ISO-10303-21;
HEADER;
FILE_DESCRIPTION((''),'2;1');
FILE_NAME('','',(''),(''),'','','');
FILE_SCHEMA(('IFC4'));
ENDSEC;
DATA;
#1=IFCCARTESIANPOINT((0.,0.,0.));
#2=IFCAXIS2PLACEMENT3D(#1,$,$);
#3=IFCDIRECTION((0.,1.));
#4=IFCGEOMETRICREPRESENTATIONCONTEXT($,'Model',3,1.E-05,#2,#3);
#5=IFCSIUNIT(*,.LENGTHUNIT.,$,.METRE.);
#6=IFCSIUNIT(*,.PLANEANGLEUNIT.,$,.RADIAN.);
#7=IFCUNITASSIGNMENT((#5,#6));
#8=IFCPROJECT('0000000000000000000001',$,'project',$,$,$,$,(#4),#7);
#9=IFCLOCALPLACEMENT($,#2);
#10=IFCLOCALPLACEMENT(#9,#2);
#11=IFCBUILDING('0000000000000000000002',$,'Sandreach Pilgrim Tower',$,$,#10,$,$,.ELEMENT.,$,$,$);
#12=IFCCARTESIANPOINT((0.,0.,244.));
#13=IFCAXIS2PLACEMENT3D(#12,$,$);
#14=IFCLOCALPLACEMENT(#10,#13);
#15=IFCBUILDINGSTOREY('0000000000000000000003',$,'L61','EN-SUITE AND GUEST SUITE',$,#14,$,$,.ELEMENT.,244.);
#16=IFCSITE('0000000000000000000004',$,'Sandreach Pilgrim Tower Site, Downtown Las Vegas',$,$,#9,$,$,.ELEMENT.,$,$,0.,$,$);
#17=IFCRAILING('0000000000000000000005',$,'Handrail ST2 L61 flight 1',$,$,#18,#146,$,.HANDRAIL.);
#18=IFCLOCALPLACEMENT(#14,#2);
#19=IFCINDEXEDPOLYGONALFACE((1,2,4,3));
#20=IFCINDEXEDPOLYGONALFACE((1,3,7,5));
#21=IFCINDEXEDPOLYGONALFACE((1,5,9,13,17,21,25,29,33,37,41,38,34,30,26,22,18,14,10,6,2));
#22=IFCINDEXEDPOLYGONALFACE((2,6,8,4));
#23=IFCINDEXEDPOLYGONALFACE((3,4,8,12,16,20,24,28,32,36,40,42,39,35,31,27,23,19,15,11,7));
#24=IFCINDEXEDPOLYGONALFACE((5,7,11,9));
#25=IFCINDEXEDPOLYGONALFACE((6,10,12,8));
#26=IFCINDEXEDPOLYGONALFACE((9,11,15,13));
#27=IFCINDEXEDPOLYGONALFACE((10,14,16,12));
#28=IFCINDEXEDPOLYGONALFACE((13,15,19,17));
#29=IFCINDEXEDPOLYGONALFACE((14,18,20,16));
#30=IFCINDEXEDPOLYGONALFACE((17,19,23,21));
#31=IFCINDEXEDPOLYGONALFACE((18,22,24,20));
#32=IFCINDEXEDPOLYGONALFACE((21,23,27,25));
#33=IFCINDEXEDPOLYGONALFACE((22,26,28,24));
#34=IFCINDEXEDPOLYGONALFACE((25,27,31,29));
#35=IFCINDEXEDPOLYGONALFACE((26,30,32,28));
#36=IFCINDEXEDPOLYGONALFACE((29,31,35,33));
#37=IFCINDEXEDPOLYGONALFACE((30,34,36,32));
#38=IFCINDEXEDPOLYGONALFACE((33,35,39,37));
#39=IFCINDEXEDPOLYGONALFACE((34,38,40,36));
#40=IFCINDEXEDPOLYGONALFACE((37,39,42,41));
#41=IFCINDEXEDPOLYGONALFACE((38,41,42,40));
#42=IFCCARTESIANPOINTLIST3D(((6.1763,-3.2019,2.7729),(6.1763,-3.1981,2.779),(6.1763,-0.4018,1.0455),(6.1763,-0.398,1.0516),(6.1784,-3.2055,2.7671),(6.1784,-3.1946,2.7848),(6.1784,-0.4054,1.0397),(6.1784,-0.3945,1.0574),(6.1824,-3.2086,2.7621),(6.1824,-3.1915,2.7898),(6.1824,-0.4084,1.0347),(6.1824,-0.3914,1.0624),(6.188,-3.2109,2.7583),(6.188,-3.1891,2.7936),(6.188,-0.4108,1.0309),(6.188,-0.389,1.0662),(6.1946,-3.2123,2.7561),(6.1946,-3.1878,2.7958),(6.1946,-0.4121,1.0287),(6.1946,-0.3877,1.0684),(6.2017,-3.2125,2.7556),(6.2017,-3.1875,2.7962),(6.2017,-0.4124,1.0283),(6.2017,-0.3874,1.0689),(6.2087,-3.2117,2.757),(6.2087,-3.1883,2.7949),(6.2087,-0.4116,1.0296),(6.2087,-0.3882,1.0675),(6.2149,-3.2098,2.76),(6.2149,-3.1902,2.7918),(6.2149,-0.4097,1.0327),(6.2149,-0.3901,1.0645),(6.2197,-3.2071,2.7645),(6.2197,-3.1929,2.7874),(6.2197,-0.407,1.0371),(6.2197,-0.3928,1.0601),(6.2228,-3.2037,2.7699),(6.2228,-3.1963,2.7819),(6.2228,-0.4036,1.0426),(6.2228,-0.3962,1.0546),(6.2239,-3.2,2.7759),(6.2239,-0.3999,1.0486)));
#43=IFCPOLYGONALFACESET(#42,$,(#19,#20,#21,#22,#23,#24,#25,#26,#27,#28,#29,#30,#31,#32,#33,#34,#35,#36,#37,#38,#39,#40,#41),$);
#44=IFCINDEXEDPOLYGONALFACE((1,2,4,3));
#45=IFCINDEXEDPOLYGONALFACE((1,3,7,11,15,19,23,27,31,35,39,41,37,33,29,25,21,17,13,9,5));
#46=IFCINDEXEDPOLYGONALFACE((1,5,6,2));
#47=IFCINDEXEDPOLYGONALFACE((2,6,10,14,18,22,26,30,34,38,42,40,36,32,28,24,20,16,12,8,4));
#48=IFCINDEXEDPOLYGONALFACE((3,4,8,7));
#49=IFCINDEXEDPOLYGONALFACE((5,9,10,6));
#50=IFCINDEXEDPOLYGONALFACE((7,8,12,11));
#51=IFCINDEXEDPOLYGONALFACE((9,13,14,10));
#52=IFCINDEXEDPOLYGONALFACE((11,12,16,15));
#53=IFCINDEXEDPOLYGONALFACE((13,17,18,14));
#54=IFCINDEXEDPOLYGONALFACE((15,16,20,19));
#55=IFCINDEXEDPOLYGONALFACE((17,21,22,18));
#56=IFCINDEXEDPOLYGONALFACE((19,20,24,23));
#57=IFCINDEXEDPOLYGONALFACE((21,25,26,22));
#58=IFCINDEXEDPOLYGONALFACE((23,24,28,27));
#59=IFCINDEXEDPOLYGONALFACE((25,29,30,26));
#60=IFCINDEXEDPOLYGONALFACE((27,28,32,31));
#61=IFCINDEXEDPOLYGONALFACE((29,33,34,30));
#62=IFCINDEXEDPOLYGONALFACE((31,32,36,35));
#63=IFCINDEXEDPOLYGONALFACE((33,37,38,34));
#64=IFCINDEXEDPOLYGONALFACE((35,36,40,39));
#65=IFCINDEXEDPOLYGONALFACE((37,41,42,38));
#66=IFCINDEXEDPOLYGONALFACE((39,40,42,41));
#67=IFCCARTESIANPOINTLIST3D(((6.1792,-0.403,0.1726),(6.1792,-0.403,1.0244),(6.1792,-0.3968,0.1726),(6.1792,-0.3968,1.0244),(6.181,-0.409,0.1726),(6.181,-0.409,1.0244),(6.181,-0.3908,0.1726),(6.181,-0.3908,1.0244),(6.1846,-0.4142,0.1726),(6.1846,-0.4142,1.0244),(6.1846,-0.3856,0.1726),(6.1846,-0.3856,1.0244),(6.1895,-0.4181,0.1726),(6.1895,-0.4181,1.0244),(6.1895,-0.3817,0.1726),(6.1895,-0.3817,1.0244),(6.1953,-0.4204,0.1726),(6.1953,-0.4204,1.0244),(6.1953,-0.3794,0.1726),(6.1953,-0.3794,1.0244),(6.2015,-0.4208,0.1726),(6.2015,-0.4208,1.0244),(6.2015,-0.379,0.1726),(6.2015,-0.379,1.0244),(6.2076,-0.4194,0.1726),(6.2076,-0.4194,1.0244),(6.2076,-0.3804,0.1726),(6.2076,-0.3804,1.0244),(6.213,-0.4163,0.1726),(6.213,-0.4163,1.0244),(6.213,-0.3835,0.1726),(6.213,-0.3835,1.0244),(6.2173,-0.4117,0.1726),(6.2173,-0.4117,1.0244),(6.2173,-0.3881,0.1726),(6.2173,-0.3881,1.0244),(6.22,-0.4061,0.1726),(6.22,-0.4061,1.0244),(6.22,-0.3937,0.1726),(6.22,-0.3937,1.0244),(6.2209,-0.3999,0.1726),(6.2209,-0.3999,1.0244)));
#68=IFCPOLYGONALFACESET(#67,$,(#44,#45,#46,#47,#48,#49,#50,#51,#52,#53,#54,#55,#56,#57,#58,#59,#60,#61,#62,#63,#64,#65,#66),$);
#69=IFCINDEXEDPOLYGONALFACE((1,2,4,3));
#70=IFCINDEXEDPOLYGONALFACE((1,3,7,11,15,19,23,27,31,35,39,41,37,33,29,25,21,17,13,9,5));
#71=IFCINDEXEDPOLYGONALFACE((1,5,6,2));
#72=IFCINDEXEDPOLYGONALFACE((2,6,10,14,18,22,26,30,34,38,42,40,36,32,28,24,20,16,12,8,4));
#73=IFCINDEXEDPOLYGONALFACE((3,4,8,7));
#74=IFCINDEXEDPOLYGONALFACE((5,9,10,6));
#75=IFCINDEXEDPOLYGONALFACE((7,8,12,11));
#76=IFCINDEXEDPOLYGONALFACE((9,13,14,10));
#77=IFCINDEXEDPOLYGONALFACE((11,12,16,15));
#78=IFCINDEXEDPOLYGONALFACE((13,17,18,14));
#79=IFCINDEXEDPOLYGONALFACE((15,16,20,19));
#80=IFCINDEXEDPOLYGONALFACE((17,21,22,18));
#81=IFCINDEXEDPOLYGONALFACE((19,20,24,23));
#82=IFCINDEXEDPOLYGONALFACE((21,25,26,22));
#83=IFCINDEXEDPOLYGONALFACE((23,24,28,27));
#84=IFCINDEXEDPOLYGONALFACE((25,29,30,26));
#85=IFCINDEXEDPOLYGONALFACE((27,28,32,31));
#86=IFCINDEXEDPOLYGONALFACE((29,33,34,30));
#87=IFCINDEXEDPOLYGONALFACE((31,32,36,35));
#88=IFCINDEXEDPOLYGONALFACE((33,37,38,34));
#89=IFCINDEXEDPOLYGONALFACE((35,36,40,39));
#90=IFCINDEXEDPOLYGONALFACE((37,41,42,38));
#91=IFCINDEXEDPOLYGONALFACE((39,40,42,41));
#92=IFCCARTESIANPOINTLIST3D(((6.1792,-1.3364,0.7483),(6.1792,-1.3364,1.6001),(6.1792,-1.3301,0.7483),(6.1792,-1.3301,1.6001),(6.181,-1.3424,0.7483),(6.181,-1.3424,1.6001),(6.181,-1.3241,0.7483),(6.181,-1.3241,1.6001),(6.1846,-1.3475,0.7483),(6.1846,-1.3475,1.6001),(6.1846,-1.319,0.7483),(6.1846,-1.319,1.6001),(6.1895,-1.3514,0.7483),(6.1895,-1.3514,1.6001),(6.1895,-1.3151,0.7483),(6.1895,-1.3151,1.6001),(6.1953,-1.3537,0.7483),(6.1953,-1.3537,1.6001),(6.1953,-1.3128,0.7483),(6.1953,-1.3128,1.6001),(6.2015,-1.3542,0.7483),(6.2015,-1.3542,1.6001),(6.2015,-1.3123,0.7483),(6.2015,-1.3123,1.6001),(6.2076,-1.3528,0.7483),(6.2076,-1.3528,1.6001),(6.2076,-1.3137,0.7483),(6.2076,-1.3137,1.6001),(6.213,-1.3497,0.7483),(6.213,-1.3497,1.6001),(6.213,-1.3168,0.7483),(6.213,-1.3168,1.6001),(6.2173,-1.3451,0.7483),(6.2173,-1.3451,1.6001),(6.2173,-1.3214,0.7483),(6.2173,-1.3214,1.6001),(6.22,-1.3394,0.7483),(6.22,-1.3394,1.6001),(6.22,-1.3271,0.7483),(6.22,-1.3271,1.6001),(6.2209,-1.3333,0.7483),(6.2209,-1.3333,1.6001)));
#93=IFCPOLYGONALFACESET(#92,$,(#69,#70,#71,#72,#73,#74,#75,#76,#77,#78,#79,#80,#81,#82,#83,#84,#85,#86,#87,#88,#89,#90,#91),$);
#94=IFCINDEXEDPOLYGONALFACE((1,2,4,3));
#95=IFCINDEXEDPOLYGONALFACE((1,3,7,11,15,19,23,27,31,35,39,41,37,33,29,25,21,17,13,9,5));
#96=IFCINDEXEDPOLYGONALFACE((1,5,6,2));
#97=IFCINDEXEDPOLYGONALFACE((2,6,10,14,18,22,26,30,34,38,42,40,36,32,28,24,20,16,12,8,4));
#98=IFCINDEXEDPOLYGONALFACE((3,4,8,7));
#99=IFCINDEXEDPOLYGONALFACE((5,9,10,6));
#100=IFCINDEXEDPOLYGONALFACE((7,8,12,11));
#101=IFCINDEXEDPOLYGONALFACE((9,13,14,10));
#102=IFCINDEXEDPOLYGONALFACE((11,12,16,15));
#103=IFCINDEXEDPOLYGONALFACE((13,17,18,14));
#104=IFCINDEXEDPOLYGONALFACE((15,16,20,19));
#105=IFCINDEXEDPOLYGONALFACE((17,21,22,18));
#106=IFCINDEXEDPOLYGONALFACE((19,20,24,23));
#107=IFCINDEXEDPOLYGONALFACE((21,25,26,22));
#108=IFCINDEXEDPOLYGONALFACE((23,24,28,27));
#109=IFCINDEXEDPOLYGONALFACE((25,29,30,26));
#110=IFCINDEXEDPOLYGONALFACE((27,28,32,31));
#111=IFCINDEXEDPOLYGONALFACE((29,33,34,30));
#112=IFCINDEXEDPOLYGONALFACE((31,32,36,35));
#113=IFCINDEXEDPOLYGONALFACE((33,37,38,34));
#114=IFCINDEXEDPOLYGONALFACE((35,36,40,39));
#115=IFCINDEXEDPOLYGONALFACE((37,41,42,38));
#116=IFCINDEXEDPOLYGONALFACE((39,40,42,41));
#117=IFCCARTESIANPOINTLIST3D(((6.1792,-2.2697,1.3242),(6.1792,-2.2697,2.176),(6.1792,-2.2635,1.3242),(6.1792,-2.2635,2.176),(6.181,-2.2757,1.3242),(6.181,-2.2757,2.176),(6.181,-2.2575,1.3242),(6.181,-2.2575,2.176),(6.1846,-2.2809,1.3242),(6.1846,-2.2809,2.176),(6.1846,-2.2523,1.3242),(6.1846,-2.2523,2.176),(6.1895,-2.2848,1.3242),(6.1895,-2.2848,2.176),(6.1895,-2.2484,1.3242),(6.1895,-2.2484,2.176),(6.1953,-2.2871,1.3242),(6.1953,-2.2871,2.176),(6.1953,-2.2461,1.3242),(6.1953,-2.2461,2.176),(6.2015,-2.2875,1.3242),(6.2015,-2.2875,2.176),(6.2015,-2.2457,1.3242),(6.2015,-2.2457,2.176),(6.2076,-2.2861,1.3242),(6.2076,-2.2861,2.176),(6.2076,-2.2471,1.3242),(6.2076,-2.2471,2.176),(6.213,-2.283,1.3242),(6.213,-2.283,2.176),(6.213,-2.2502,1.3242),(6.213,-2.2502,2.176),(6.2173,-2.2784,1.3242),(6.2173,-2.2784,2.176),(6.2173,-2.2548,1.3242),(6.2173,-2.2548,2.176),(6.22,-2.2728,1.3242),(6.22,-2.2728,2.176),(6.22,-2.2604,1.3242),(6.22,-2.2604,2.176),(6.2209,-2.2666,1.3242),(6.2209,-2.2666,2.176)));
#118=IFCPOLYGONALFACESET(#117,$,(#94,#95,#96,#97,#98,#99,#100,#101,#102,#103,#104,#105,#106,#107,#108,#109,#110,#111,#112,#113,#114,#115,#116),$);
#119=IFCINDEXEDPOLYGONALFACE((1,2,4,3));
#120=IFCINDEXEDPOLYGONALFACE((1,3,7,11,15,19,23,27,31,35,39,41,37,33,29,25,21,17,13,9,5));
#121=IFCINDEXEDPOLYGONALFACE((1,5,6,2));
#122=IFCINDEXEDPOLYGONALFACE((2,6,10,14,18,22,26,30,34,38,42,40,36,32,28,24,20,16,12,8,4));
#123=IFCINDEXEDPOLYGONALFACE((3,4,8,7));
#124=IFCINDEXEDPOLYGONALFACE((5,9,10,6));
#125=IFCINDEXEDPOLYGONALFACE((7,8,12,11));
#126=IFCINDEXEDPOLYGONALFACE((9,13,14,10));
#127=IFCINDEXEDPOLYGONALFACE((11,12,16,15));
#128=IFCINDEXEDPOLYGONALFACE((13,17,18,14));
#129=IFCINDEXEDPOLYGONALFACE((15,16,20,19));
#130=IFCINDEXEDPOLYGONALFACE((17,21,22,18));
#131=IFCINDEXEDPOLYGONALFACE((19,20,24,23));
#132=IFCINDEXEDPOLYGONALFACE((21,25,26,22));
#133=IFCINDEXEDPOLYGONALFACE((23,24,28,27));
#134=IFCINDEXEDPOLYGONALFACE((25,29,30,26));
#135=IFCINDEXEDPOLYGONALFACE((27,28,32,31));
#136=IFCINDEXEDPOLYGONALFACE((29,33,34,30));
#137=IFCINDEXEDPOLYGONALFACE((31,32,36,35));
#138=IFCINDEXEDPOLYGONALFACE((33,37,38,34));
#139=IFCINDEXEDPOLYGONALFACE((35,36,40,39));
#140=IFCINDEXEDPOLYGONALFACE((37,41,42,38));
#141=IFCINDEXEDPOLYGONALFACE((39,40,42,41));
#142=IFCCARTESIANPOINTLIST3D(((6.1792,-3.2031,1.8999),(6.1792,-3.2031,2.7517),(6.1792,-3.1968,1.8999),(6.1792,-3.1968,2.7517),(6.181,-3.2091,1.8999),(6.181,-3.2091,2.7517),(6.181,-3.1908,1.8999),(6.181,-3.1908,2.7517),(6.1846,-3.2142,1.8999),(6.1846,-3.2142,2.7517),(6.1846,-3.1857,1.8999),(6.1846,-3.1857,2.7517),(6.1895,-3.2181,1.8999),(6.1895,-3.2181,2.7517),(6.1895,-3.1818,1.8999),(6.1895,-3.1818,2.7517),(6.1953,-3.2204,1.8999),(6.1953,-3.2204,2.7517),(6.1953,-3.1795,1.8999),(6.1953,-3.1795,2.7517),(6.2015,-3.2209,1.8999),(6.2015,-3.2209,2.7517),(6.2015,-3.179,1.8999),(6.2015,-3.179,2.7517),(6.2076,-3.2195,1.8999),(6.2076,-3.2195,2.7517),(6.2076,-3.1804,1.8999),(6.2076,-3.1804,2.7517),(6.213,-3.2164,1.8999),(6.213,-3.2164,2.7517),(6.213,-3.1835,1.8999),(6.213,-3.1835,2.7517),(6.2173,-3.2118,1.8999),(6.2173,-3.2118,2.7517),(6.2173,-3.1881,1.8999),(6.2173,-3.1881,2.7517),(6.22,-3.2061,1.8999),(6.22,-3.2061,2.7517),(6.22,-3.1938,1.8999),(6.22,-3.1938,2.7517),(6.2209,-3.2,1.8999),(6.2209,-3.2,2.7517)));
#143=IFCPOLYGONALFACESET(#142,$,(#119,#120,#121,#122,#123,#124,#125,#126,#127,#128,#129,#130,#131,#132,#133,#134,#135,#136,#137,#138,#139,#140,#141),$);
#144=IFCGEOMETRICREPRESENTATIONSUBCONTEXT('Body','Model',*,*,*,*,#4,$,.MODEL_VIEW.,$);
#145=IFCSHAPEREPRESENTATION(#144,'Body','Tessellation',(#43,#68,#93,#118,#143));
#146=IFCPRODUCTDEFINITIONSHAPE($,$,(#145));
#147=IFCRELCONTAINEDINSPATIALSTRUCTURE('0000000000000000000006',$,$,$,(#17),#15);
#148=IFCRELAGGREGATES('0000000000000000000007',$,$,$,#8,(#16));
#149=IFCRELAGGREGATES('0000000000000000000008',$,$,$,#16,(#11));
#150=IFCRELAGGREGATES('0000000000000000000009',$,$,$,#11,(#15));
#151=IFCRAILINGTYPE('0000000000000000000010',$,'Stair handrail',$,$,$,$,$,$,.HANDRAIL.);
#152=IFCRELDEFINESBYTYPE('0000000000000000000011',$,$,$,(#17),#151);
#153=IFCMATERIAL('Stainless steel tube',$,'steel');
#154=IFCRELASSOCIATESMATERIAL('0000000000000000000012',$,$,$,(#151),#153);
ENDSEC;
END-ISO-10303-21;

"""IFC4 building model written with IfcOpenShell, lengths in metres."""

from ifc_helpers import new_model, si_unit, direction, frame, origin, origin_2d, place, context, subcontext, project, spatial, circle, extrude, material, type_object, element, save


model = new_model("IFC4")

# Units and contexts
model_context = context("Model", 3, precision=1e-05, world=origin(), true_north=direction((0.0, 1.0)))
body_context = subcontext(model_context, "Body", "Model", "MODEL_VIEW")
ifc_project = project(units=[si_unit("LENGTHUNIT", "METRE"), si_unit("PLANEANGLEUNIT", "RADIAN")], contexts=[model_context])

# Site, building, storey
site_placement = place(None, origin())
site = spatial("IfcSite", under=ifc_project, at=site_placement, Name="Sandreach Pilgrim Tower Site, Downtown Las Vegas", CompositionType="ELEMENT", RefElevation=0.0)
building_placement = place(site_placement, origin())
building = spatial("IfcBuilding", under=site, at=building_placement, Name="Sandreach Pilgrim Tower", CompositionType="ELEMENT")
storey_placement = place(building_placement, frame((0.0, 0.0, 244.0)))
storey = spatial("IfcBuildingStorey", under=building, at=storey_placement, Name="L61", Description="EN-SUITE AND GUEST SUITE", CompositionType="ELEMENT", Elevation=244.0)

# Railing
ifc_material_1 = material(Name="Stainless steel tube", Category="steel")
railing_type = type_object("IfcRailingType", Name="Stair handrail", PredefinedType="HANDRAIL", material=ifc_material_1)
for number, where, name in (
    (1, (6.2, -0.3999, 0.1726), "Handrail ST2 L61 flight 1"),
):
    element("IfcRailing", number, at=place(storey_placement, frame(where)), inside=storey, type_object=railing_type, Name=name, PredefinedType="HANDRAIL", context=body_context, shape_type="SweptSolid", body=[
        extrude(circle(Radius=0.0239, at=origin_2d()), frame((0.0, 0.0, 0.876), z_axis=(0.0, -0.85109, 0.52502), x_axis=(1.0, 0.0, 0.0)), (0.0, 0.0, 1.0), 3.29),
        extrude(circle(Radius=0.021, at=origin_2d()), origin(), (0.0, 0.0, 1.0), 0.8518),
        extrude(circle(Radius=0.021, at=origin_2d()), frame((0.0, -0.9333, 0.5757)), (0.0, 0.0, 1.0), 0.8518),
        extrude(circle(Radius=0.021, at=origin_2d()), frame((0.0, -1.8667, 1.1516)), (0.0, 0.0, 1.0), 0.8518),
        extrude(circle(Radius=0.021, at=origin_2d()), frame((0.0, -2.8, 1.7273)), (0.0, 0.0, 1.0), 0.8518),
    ])

save(model, "model.ifc")
